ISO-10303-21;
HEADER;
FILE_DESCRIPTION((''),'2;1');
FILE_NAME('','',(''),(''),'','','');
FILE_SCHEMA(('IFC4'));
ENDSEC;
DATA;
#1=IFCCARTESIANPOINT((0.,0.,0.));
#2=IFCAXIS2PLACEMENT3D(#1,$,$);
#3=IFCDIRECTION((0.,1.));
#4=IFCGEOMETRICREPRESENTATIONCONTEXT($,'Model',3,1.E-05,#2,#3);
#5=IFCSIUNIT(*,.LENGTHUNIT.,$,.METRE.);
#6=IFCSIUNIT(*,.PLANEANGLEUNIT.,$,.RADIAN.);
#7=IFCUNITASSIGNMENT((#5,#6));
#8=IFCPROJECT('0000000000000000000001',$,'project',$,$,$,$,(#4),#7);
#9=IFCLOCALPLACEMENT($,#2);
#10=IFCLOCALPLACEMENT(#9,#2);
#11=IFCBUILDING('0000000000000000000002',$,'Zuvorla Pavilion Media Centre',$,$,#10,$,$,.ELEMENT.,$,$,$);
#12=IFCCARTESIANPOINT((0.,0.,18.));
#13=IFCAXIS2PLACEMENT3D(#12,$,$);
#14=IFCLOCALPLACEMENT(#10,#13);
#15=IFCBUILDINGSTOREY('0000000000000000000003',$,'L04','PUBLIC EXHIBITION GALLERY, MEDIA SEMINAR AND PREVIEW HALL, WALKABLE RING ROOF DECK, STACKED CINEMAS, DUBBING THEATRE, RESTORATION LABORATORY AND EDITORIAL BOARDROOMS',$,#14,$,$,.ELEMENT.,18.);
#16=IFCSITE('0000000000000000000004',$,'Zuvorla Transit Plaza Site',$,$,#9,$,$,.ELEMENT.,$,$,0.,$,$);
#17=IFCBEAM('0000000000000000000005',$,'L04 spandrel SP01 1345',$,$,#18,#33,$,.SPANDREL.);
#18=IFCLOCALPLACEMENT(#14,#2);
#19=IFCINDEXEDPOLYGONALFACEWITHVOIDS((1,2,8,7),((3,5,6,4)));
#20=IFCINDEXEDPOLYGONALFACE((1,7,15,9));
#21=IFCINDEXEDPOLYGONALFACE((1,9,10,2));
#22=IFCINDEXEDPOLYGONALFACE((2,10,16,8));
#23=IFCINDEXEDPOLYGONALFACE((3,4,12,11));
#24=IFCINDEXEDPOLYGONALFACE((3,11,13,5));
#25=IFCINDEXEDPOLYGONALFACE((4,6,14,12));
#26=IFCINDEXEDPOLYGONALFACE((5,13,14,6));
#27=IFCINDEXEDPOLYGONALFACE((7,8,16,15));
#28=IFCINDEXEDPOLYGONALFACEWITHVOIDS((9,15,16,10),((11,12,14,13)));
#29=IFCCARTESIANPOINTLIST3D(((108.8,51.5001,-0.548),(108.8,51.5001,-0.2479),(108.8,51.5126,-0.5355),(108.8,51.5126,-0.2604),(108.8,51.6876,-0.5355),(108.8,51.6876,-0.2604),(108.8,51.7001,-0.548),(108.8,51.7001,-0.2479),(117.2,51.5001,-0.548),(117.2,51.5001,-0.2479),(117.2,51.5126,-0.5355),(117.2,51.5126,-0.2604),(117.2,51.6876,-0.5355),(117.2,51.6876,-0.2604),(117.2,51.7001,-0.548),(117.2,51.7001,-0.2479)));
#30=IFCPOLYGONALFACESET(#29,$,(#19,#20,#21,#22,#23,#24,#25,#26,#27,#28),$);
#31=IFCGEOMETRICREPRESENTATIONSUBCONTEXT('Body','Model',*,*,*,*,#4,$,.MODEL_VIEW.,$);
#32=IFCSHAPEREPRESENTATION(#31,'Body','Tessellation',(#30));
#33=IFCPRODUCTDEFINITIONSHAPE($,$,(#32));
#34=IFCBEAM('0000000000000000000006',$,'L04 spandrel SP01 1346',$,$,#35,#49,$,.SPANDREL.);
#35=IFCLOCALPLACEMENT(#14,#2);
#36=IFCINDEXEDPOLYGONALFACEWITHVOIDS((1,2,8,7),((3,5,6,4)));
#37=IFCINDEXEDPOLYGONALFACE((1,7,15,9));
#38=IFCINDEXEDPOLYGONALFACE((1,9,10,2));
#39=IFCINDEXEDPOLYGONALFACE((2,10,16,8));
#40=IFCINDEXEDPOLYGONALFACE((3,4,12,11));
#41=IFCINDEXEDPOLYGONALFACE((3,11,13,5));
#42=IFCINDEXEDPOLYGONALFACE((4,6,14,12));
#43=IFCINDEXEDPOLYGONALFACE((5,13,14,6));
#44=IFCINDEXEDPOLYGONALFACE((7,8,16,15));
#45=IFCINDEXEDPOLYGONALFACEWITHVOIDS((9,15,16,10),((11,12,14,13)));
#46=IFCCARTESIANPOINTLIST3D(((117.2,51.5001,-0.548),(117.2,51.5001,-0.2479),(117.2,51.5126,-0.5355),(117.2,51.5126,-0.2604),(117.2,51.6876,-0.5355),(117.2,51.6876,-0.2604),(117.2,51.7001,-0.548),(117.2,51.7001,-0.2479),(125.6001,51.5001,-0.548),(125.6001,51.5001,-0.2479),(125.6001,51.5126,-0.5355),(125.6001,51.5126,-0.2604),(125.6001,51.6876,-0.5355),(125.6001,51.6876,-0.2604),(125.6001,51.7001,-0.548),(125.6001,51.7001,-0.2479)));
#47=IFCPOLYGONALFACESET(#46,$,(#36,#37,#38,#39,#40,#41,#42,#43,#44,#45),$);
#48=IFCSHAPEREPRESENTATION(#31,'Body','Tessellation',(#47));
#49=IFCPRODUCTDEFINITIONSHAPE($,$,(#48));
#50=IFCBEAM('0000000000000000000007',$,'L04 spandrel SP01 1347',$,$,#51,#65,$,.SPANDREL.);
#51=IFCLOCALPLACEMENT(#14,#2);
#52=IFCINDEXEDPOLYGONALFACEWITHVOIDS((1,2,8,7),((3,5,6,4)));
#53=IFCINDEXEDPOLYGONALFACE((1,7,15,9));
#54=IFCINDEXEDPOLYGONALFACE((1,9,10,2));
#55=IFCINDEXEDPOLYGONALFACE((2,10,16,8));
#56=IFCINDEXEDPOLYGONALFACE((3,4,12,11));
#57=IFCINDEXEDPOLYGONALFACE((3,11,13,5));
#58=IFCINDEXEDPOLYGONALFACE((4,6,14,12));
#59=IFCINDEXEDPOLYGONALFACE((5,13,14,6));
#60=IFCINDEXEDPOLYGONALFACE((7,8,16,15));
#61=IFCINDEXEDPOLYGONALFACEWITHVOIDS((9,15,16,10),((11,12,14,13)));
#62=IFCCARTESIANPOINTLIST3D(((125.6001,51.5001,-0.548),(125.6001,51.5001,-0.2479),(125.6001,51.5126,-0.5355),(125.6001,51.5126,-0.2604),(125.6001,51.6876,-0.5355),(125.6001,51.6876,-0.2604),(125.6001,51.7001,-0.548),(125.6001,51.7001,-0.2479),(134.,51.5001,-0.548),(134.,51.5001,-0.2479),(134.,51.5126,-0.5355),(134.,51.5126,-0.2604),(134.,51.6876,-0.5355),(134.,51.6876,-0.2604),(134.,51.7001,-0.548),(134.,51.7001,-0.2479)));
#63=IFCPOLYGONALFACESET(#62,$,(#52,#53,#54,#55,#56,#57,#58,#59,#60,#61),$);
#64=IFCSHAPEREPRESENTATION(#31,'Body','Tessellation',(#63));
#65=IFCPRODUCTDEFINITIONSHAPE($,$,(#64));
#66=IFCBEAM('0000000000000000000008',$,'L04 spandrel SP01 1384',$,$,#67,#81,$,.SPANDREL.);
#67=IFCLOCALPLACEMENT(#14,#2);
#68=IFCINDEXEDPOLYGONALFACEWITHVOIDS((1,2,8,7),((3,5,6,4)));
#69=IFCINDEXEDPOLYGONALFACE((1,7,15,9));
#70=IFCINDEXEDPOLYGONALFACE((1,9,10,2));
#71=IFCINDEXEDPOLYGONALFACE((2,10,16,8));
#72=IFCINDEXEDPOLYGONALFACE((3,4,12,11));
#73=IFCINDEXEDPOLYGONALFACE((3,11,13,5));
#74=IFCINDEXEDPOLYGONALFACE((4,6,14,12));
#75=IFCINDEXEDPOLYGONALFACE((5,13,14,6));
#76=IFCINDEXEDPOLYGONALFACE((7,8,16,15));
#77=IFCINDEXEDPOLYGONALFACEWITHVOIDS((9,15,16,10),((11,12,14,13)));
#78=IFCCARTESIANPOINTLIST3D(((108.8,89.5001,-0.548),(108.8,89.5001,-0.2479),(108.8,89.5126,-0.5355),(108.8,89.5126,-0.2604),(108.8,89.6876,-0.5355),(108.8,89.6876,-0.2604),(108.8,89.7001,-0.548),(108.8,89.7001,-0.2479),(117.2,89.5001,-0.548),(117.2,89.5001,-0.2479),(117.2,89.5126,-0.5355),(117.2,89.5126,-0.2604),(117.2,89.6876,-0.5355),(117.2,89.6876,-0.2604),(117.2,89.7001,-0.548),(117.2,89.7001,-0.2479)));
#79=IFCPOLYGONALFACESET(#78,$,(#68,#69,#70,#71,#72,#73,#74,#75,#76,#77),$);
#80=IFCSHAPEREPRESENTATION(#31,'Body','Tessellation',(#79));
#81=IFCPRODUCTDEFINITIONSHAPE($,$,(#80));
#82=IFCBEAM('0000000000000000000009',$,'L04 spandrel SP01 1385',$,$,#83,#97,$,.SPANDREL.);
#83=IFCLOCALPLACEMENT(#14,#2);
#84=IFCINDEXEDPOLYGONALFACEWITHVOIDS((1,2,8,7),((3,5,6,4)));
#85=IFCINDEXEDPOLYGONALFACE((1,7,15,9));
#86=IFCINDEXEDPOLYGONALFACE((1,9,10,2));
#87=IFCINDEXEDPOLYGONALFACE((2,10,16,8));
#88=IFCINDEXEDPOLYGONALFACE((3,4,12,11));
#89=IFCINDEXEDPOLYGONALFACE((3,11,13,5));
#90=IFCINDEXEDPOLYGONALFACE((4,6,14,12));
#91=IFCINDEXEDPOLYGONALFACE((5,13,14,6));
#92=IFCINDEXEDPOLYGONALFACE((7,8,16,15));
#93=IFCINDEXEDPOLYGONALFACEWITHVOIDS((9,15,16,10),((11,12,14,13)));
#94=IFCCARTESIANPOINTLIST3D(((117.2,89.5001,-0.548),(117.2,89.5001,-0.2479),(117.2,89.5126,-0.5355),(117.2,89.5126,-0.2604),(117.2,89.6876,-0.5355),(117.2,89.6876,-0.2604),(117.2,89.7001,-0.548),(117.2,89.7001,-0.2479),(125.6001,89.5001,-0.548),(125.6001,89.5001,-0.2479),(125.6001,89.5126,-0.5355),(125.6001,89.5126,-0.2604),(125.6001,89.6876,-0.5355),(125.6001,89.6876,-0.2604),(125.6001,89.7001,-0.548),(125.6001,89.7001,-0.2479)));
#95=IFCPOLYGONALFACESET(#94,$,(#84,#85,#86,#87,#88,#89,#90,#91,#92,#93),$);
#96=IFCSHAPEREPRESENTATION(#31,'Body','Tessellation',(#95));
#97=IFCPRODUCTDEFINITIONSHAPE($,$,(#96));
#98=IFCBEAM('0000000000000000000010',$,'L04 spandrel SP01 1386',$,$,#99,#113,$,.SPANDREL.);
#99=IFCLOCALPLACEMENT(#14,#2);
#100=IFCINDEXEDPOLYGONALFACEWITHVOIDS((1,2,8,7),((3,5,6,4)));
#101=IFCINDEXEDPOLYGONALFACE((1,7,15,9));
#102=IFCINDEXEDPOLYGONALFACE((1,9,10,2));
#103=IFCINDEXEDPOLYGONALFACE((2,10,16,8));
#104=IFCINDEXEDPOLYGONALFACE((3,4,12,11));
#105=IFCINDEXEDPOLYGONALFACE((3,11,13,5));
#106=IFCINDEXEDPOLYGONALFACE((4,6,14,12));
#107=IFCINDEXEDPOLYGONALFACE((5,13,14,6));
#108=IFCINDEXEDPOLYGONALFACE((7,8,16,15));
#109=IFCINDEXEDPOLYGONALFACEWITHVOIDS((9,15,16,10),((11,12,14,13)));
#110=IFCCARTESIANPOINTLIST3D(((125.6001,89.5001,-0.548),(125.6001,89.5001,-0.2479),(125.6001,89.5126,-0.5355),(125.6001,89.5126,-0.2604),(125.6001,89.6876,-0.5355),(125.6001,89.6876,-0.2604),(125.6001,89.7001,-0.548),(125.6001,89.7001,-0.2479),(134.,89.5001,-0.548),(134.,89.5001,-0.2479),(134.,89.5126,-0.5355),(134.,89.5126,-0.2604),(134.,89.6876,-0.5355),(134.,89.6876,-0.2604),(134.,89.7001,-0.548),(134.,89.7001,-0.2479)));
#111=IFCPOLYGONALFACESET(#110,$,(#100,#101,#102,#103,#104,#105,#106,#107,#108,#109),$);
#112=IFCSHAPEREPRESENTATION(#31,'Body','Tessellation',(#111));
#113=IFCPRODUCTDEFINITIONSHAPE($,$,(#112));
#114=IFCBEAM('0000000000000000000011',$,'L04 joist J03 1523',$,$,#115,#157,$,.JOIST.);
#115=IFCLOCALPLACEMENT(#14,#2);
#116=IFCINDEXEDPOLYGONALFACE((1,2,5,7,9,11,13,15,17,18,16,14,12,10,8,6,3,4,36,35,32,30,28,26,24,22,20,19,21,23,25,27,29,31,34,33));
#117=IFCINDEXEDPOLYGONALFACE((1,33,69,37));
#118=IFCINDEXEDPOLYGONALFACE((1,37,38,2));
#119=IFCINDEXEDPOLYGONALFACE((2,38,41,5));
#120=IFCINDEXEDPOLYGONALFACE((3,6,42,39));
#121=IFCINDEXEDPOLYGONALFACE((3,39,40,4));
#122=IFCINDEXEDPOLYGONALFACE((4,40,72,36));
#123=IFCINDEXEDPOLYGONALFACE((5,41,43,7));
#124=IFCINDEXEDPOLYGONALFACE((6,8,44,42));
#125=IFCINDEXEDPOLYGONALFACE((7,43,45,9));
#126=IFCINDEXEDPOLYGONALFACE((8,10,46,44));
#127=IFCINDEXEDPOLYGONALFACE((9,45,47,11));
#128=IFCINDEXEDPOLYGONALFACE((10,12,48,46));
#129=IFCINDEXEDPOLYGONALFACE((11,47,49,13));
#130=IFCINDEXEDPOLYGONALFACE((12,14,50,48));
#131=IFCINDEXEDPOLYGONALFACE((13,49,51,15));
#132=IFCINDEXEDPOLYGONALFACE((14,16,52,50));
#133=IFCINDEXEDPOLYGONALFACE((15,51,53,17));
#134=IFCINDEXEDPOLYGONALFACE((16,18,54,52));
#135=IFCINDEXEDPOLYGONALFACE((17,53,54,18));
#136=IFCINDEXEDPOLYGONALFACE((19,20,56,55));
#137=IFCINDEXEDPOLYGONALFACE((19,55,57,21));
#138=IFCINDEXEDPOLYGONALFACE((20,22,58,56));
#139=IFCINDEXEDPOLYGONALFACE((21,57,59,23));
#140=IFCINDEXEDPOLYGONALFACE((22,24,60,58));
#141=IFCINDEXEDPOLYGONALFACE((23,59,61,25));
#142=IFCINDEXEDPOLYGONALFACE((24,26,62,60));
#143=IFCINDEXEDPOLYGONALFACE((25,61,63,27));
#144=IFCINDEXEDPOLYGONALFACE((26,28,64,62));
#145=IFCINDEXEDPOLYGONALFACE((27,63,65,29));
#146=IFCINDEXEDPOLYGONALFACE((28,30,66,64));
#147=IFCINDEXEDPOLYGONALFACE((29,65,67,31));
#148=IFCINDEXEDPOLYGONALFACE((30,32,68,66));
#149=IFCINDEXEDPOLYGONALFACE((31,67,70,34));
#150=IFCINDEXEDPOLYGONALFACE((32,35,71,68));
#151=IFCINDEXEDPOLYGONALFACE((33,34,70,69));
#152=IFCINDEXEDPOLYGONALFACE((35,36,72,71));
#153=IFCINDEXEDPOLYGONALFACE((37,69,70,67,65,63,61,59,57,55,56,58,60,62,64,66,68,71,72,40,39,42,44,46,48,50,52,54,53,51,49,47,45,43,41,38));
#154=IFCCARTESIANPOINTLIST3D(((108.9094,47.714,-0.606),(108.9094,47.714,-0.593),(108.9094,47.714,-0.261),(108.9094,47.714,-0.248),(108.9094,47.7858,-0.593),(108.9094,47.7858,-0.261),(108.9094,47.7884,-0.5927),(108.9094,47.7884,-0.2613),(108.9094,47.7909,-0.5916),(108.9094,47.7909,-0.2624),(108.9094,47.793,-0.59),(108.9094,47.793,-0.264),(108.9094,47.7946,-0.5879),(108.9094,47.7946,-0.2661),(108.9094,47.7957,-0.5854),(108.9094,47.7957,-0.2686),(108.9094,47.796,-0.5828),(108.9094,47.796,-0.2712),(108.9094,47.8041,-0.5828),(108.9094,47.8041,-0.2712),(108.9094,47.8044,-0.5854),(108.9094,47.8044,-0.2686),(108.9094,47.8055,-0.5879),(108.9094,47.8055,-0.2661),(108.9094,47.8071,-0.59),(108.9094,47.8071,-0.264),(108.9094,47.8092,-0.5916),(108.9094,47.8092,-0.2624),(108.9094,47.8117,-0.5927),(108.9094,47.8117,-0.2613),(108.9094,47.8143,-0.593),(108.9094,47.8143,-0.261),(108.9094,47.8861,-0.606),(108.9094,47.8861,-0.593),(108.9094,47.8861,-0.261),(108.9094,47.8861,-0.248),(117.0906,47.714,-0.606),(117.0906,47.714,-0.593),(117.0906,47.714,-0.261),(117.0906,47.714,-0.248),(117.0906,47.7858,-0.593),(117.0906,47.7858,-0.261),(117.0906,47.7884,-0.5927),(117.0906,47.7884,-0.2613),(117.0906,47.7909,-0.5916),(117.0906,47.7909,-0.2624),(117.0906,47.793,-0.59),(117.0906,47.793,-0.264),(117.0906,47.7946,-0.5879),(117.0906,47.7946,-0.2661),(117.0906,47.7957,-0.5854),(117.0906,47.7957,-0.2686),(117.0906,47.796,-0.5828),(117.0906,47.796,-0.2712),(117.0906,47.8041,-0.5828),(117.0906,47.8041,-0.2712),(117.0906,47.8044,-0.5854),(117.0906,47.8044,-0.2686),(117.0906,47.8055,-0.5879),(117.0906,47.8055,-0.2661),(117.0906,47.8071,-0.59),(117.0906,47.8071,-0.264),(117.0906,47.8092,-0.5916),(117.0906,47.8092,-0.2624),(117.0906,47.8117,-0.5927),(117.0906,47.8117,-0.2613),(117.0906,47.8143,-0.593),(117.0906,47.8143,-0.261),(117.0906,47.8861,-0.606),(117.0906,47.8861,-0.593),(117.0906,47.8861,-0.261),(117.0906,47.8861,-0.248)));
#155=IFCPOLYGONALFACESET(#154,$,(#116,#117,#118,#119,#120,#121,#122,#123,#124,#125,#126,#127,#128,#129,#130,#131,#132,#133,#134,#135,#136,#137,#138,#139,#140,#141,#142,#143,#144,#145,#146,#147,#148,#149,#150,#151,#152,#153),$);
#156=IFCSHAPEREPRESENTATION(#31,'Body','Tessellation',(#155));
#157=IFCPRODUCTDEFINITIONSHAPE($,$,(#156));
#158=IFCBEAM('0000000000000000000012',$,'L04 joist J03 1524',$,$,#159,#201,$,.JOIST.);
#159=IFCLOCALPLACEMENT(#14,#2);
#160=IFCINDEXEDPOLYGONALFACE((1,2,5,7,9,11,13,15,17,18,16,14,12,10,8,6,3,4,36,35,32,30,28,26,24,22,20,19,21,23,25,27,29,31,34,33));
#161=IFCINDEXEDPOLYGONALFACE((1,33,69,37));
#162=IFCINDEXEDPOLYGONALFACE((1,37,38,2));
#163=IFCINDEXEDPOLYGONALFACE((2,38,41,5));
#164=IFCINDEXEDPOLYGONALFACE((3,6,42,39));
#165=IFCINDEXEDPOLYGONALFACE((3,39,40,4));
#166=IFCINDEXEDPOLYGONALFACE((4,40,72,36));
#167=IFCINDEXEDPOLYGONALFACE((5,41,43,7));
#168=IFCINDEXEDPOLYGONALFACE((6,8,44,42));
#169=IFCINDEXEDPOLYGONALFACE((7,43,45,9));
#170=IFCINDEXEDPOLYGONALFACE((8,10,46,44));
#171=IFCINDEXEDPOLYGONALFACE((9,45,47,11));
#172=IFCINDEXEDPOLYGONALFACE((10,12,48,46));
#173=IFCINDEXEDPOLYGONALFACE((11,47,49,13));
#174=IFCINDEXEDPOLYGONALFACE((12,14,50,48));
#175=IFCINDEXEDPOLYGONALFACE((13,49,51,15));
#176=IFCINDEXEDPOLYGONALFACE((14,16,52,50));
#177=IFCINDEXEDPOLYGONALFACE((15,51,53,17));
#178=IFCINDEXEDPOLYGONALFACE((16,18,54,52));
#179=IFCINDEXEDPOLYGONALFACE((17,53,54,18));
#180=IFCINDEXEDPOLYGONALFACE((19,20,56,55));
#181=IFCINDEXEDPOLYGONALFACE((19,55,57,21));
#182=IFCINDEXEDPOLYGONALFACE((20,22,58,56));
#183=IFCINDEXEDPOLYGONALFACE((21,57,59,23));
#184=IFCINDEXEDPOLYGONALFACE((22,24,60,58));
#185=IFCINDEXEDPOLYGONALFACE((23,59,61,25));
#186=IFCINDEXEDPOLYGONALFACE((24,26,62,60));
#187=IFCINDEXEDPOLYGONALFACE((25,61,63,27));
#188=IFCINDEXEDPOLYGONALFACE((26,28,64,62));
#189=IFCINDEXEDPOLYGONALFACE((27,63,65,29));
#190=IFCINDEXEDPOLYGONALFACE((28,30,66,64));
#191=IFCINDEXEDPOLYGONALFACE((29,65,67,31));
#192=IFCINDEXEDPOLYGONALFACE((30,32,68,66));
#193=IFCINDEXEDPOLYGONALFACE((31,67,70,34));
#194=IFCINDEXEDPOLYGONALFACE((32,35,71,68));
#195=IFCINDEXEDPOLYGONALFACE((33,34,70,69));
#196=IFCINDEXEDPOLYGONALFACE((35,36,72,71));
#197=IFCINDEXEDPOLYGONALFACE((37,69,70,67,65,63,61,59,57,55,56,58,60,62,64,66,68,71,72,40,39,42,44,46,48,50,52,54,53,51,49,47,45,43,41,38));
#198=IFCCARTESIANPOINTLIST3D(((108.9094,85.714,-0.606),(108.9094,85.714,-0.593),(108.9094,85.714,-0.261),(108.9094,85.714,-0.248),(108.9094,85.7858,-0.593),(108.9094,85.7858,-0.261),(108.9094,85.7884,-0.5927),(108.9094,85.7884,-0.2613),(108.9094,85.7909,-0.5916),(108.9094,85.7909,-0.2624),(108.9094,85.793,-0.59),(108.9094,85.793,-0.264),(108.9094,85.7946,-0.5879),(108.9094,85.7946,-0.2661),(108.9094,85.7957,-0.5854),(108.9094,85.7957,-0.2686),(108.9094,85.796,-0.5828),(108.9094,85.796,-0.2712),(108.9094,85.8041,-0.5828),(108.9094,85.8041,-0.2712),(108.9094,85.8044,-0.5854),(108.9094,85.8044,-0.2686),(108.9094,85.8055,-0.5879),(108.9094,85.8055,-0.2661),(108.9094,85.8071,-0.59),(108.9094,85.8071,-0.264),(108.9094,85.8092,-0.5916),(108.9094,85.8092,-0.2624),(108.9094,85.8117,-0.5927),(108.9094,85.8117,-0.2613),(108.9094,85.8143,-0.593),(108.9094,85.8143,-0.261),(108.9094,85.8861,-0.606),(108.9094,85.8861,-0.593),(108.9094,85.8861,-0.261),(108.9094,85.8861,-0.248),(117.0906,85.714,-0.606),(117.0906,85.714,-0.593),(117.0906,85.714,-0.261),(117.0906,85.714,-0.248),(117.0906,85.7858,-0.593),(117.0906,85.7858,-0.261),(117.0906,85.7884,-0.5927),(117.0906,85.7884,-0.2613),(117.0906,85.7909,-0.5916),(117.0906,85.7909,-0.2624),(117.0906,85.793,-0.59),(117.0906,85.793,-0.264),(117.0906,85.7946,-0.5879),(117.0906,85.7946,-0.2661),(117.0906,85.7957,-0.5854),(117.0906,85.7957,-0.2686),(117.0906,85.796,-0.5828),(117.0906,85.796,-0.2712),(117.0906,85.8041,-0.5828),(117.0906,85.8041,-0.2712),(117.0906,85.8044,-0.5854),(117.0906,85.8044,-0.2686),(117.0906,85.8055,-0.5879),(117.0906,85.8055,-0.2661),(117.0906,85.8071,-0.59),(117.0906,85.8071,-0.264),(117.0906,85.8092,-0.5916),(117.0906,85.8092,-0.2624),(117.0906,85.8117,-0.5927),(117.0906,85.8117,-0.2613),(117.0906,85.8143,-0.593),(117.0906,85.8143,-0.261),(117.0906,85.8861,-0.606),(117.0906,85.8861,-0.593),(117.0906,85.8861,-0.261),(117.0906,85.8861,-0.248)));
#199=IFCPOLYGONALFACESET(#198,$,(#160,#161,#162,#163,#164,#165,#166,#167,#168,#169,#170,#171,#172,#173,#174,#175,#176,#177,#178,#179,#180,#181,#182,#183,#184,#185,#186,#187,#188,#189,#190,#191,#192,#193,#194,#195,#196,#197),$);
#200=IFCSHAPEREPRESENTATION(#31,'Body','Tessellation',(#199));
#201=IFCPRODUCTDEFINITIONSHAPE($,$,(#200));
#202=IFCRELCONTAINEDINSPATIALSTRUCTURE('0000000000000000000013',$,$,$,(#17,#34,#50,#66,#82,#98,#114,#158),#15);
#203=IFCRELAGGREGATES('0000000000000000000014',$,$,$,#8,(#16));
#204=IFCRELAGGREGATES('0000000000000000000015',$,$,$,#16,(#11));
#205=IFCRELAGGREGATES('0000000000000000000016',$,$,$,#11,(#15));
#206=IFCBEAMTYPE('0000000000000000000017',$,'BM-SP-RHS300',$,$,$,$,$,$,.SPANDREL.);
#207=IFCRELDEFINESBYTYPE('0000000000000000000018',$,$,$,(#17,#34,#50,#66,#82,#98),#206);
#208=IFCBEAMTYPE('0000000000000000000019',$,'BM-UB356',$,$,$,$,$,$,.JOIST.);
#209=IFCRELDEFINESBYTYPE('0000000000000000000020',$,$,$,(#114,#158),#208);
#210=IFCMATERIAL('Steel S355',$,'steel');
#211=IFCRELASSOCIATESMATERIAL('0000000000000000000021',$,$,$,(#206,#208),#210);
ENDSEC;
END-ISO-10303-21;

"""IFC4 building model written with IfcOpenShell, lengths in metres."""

from ifc_helpers import new_model, si_unit, direction, frame, origin, origin_2d, place, context, subcontext, project, spatial, hollow_rectangle, i_section, extrude, material, material_profile, profile_set, type_object, element, save


model = new_model("IFC4")

# Units and contexts
model_context = context("Model", 3, precision=1e-05, world=origin(), true_north=direction((0.0, 1.0)))
body_context = subcontext(model_context, "Body", "Model", "MODEL_VIEW")
ifc_project = project(units=[si_unit("LENGTHUNIT", "METRE"), si_unit("PLANEANGLEUNIT", "RADIAN")], contexts=[model_context])

# Site, building, storey
site_placement = place(None, origin())
site = spatial("IfcSite", under=ifc_project, at=site_placement, Name="Zuvorla Transit Plaza Site", CompositionType="ELEMENT", RefElevation=0.0)
building_placement = place(site_placement, origin())
building = spatial("IfcBuilding", under=site, at=building_placement, Name="Zuvorla Pavilion Media Centre", CompositionType="ELEMENT")
storey_placement = place(building_placement, frame((0.0, 0.0, 18.0)))
storey = spatial("IfcBuildingStorey", under=building, at=storey_placement, Name="L04", Description="PUBLIC EXHIBITION GALLERY, MEDIA SEMINAR AND PREVIEW HALL, WALKABLE RING ROOF DECK, STACKED CINEMAS, DUBBING THEATRE, RESTORATION LABORATORY AND EDITORIAL BOARDROOMS", CompositionType="ELEMENT", Elevation=18.0)

# Beams
ifc_material_1 = material(Name="Steel S355", Category="steel")
ifc_material_profile_1 = material_profile(ifc_material_1, hollow_rectangle(XDim=0.2, YDim=0.3, WallThickness=0.0125, at=origin_2d()), Name="RHS 300x200x12.5")
ifc_profile_set_1 = profile_set([ifc_material_profile_1], Name="Steel S355")
beam_type_1 = type_object("IfcBeamType", Name="BM-SP-RHS300", PredefinedType="SPANDREL", material=ifc_profile_set_1)
beam_1_placement = place(storey_placement, frame((108.8, 51.6001, -0.3979), z_axis=(1.0, 0.0, 0.0), x_axis=(0.0, 1.0, 0.0)))
element("IfcBeam", 1, at=beam_1_placement, inside=storey, type_object=beam_type_1, Name="L04 spandrel SP01 1345", PredefinedType="SPANDREL", context=body_context, shape_type="SweptSolid", body=[
    extrude(hollow_rectangle(XDim=0.2, YDim=0.3, WallThickness=0.0125, at=origin_2d()), origin(), (0.0, 0.0, 1.0), 8.3999),
])
beam_2_placement = place(storey_placement, frame((117.2, 51.6001, -0.3979), z_axis=(1.0, 0.0, 0.0), x_axis=(0.0, 1.0, 0.0)))
element("IfcBeam", 2, at=beam_2_placement, inside=storey, type_object=beam_type_1, Name="L04 spandrel SP01 1346", PredefinedType="SPANDREL", context=body_context, shape_type="SweptSolid", body=[
    extrude(hollow_rectangle(XDim=0.2, YDim=0.3, WallThickness=0.0125, at=origin_2d()), origin(), (0.0, 0.0, 1.0), 8.4001),
])
for number, where, z_axis, x_axis, name in (
    (3, (125.6001, 51.6001, -0.3979), (1.0, 0.0, 0.0), (0.0, 1.0, 0.0), "L04 spandrel SP01 1347"),
    (4, (108.8, 89.6001, -0.3979), (1.0, 0.0, 0.0), (0.0, 1.0, 0.0), "L04 spandrel SP01 1384"),
):
    element("IfcBeam", number, at=place(storey_placement, frame(where, z_axis=z_axis, x_axis=x_axis)), inside=storey, type_object=beam_type_1, Name=name, PredefinedType="SPANDREL", context=body_context, shape_type="SweptSolid", body=[
        extrude(hollow_rectangle(XDim=0.2, YDim=0.3, WallThickness=0.0125, at=origin_2d()), origin(), (0.0, 0.0, 1.0), 8.3999),
    ])
beam_3_placement = place(storey_placement, frame((117.2, 89.6001, -0.3979), z_axis=(1.0, 0.0, 0.0), x_axis=(0.0, 1.0, 0.0)))
element("IfcBeam", 5, at=beam_3_placement, inside=storey, type_object=beam_type_1, Name="L04 spandrel SP01 1385", PredefinedType="SPANDREL", context=body_context, shape_type="SweptSolid", body=[
    extrude(hollow_rectangle(XDim=0.2, YDim=0.3, WallThickness=0.0125, at=origin_2d()), origin(), (0.0, 0.0, 1.0), 8.4001),
])
beam_4_placement = place(storey_placement, frame((125.6001, 89.6001, -0.3979), z_axis=(1.0, 0.0, 0.0), x_axis=(0.0, 1.0, 0.0)))
element("IfcBeam", 6, at=beam_4_placement, inside=storey, type_object=beam_type_1, Name="L04 spandrel SP01 1386", PredefinedType="SPANDREL", context=body_context, shape_type="SweptSolid", body=[
    extrude(hollow_rectangle(XDim=0.2, YDim=0.3, WallThickness=0.0125, at=origin_2d()), origin(), (0.0, 0.0, 1.0), 8.3999),
])
ifc_material_profile_2 = material_profile(ifc_material_1, i_section(OverallWidth=0.1721, OverallDepth=0.3579, WebThickness=0.0081, FlangeThickness=0.0129, FilletRadius=0.0103, at=origin_2d()), Name="UB 356x171x57")
ifc_profile_set_2 = profile_set([ifc_material_profile_2], Name="Steel S355")
beam_type_2 = type_object("IfcBeamType", Name="BM-UB356", PredefinedType="JOIST", material=ifc_profile_set_2)
for number, where, z_axis, x_axis, name in (
    (7, (108.9094, 47.8, -0.427), (1.0, 0.0, 0.0), (0.0, 1.0, 0.0), "L04 joist J03 1523"),
    (8, (108.9094, 85.8, -0.427), (1.0, 0.0, 0.0), (0.0, 1.0, 0.0), "L04 joist J03 1524"),
):
    element("IfcBeam", number, at=place(storey_placement, frame(where, z_axis=z_axis, x_axis=x_axis)), inside=storey, type_object=beam_type_2, Name=name, PredefinedType="JOIST", context=body_context, shape_type="SweptSolid", body=[
        extrude(i_section(OverallWidth=0.1721, OverallDepth=0.3579, WebThickness=0.0081, FlangeThickness=0.0129, FilletRadius=0.0103, at=origin_2d()), origin(), (0.0, 0.0, 1.0), 8.1812),
    ])

save(model, "model.ifc")
